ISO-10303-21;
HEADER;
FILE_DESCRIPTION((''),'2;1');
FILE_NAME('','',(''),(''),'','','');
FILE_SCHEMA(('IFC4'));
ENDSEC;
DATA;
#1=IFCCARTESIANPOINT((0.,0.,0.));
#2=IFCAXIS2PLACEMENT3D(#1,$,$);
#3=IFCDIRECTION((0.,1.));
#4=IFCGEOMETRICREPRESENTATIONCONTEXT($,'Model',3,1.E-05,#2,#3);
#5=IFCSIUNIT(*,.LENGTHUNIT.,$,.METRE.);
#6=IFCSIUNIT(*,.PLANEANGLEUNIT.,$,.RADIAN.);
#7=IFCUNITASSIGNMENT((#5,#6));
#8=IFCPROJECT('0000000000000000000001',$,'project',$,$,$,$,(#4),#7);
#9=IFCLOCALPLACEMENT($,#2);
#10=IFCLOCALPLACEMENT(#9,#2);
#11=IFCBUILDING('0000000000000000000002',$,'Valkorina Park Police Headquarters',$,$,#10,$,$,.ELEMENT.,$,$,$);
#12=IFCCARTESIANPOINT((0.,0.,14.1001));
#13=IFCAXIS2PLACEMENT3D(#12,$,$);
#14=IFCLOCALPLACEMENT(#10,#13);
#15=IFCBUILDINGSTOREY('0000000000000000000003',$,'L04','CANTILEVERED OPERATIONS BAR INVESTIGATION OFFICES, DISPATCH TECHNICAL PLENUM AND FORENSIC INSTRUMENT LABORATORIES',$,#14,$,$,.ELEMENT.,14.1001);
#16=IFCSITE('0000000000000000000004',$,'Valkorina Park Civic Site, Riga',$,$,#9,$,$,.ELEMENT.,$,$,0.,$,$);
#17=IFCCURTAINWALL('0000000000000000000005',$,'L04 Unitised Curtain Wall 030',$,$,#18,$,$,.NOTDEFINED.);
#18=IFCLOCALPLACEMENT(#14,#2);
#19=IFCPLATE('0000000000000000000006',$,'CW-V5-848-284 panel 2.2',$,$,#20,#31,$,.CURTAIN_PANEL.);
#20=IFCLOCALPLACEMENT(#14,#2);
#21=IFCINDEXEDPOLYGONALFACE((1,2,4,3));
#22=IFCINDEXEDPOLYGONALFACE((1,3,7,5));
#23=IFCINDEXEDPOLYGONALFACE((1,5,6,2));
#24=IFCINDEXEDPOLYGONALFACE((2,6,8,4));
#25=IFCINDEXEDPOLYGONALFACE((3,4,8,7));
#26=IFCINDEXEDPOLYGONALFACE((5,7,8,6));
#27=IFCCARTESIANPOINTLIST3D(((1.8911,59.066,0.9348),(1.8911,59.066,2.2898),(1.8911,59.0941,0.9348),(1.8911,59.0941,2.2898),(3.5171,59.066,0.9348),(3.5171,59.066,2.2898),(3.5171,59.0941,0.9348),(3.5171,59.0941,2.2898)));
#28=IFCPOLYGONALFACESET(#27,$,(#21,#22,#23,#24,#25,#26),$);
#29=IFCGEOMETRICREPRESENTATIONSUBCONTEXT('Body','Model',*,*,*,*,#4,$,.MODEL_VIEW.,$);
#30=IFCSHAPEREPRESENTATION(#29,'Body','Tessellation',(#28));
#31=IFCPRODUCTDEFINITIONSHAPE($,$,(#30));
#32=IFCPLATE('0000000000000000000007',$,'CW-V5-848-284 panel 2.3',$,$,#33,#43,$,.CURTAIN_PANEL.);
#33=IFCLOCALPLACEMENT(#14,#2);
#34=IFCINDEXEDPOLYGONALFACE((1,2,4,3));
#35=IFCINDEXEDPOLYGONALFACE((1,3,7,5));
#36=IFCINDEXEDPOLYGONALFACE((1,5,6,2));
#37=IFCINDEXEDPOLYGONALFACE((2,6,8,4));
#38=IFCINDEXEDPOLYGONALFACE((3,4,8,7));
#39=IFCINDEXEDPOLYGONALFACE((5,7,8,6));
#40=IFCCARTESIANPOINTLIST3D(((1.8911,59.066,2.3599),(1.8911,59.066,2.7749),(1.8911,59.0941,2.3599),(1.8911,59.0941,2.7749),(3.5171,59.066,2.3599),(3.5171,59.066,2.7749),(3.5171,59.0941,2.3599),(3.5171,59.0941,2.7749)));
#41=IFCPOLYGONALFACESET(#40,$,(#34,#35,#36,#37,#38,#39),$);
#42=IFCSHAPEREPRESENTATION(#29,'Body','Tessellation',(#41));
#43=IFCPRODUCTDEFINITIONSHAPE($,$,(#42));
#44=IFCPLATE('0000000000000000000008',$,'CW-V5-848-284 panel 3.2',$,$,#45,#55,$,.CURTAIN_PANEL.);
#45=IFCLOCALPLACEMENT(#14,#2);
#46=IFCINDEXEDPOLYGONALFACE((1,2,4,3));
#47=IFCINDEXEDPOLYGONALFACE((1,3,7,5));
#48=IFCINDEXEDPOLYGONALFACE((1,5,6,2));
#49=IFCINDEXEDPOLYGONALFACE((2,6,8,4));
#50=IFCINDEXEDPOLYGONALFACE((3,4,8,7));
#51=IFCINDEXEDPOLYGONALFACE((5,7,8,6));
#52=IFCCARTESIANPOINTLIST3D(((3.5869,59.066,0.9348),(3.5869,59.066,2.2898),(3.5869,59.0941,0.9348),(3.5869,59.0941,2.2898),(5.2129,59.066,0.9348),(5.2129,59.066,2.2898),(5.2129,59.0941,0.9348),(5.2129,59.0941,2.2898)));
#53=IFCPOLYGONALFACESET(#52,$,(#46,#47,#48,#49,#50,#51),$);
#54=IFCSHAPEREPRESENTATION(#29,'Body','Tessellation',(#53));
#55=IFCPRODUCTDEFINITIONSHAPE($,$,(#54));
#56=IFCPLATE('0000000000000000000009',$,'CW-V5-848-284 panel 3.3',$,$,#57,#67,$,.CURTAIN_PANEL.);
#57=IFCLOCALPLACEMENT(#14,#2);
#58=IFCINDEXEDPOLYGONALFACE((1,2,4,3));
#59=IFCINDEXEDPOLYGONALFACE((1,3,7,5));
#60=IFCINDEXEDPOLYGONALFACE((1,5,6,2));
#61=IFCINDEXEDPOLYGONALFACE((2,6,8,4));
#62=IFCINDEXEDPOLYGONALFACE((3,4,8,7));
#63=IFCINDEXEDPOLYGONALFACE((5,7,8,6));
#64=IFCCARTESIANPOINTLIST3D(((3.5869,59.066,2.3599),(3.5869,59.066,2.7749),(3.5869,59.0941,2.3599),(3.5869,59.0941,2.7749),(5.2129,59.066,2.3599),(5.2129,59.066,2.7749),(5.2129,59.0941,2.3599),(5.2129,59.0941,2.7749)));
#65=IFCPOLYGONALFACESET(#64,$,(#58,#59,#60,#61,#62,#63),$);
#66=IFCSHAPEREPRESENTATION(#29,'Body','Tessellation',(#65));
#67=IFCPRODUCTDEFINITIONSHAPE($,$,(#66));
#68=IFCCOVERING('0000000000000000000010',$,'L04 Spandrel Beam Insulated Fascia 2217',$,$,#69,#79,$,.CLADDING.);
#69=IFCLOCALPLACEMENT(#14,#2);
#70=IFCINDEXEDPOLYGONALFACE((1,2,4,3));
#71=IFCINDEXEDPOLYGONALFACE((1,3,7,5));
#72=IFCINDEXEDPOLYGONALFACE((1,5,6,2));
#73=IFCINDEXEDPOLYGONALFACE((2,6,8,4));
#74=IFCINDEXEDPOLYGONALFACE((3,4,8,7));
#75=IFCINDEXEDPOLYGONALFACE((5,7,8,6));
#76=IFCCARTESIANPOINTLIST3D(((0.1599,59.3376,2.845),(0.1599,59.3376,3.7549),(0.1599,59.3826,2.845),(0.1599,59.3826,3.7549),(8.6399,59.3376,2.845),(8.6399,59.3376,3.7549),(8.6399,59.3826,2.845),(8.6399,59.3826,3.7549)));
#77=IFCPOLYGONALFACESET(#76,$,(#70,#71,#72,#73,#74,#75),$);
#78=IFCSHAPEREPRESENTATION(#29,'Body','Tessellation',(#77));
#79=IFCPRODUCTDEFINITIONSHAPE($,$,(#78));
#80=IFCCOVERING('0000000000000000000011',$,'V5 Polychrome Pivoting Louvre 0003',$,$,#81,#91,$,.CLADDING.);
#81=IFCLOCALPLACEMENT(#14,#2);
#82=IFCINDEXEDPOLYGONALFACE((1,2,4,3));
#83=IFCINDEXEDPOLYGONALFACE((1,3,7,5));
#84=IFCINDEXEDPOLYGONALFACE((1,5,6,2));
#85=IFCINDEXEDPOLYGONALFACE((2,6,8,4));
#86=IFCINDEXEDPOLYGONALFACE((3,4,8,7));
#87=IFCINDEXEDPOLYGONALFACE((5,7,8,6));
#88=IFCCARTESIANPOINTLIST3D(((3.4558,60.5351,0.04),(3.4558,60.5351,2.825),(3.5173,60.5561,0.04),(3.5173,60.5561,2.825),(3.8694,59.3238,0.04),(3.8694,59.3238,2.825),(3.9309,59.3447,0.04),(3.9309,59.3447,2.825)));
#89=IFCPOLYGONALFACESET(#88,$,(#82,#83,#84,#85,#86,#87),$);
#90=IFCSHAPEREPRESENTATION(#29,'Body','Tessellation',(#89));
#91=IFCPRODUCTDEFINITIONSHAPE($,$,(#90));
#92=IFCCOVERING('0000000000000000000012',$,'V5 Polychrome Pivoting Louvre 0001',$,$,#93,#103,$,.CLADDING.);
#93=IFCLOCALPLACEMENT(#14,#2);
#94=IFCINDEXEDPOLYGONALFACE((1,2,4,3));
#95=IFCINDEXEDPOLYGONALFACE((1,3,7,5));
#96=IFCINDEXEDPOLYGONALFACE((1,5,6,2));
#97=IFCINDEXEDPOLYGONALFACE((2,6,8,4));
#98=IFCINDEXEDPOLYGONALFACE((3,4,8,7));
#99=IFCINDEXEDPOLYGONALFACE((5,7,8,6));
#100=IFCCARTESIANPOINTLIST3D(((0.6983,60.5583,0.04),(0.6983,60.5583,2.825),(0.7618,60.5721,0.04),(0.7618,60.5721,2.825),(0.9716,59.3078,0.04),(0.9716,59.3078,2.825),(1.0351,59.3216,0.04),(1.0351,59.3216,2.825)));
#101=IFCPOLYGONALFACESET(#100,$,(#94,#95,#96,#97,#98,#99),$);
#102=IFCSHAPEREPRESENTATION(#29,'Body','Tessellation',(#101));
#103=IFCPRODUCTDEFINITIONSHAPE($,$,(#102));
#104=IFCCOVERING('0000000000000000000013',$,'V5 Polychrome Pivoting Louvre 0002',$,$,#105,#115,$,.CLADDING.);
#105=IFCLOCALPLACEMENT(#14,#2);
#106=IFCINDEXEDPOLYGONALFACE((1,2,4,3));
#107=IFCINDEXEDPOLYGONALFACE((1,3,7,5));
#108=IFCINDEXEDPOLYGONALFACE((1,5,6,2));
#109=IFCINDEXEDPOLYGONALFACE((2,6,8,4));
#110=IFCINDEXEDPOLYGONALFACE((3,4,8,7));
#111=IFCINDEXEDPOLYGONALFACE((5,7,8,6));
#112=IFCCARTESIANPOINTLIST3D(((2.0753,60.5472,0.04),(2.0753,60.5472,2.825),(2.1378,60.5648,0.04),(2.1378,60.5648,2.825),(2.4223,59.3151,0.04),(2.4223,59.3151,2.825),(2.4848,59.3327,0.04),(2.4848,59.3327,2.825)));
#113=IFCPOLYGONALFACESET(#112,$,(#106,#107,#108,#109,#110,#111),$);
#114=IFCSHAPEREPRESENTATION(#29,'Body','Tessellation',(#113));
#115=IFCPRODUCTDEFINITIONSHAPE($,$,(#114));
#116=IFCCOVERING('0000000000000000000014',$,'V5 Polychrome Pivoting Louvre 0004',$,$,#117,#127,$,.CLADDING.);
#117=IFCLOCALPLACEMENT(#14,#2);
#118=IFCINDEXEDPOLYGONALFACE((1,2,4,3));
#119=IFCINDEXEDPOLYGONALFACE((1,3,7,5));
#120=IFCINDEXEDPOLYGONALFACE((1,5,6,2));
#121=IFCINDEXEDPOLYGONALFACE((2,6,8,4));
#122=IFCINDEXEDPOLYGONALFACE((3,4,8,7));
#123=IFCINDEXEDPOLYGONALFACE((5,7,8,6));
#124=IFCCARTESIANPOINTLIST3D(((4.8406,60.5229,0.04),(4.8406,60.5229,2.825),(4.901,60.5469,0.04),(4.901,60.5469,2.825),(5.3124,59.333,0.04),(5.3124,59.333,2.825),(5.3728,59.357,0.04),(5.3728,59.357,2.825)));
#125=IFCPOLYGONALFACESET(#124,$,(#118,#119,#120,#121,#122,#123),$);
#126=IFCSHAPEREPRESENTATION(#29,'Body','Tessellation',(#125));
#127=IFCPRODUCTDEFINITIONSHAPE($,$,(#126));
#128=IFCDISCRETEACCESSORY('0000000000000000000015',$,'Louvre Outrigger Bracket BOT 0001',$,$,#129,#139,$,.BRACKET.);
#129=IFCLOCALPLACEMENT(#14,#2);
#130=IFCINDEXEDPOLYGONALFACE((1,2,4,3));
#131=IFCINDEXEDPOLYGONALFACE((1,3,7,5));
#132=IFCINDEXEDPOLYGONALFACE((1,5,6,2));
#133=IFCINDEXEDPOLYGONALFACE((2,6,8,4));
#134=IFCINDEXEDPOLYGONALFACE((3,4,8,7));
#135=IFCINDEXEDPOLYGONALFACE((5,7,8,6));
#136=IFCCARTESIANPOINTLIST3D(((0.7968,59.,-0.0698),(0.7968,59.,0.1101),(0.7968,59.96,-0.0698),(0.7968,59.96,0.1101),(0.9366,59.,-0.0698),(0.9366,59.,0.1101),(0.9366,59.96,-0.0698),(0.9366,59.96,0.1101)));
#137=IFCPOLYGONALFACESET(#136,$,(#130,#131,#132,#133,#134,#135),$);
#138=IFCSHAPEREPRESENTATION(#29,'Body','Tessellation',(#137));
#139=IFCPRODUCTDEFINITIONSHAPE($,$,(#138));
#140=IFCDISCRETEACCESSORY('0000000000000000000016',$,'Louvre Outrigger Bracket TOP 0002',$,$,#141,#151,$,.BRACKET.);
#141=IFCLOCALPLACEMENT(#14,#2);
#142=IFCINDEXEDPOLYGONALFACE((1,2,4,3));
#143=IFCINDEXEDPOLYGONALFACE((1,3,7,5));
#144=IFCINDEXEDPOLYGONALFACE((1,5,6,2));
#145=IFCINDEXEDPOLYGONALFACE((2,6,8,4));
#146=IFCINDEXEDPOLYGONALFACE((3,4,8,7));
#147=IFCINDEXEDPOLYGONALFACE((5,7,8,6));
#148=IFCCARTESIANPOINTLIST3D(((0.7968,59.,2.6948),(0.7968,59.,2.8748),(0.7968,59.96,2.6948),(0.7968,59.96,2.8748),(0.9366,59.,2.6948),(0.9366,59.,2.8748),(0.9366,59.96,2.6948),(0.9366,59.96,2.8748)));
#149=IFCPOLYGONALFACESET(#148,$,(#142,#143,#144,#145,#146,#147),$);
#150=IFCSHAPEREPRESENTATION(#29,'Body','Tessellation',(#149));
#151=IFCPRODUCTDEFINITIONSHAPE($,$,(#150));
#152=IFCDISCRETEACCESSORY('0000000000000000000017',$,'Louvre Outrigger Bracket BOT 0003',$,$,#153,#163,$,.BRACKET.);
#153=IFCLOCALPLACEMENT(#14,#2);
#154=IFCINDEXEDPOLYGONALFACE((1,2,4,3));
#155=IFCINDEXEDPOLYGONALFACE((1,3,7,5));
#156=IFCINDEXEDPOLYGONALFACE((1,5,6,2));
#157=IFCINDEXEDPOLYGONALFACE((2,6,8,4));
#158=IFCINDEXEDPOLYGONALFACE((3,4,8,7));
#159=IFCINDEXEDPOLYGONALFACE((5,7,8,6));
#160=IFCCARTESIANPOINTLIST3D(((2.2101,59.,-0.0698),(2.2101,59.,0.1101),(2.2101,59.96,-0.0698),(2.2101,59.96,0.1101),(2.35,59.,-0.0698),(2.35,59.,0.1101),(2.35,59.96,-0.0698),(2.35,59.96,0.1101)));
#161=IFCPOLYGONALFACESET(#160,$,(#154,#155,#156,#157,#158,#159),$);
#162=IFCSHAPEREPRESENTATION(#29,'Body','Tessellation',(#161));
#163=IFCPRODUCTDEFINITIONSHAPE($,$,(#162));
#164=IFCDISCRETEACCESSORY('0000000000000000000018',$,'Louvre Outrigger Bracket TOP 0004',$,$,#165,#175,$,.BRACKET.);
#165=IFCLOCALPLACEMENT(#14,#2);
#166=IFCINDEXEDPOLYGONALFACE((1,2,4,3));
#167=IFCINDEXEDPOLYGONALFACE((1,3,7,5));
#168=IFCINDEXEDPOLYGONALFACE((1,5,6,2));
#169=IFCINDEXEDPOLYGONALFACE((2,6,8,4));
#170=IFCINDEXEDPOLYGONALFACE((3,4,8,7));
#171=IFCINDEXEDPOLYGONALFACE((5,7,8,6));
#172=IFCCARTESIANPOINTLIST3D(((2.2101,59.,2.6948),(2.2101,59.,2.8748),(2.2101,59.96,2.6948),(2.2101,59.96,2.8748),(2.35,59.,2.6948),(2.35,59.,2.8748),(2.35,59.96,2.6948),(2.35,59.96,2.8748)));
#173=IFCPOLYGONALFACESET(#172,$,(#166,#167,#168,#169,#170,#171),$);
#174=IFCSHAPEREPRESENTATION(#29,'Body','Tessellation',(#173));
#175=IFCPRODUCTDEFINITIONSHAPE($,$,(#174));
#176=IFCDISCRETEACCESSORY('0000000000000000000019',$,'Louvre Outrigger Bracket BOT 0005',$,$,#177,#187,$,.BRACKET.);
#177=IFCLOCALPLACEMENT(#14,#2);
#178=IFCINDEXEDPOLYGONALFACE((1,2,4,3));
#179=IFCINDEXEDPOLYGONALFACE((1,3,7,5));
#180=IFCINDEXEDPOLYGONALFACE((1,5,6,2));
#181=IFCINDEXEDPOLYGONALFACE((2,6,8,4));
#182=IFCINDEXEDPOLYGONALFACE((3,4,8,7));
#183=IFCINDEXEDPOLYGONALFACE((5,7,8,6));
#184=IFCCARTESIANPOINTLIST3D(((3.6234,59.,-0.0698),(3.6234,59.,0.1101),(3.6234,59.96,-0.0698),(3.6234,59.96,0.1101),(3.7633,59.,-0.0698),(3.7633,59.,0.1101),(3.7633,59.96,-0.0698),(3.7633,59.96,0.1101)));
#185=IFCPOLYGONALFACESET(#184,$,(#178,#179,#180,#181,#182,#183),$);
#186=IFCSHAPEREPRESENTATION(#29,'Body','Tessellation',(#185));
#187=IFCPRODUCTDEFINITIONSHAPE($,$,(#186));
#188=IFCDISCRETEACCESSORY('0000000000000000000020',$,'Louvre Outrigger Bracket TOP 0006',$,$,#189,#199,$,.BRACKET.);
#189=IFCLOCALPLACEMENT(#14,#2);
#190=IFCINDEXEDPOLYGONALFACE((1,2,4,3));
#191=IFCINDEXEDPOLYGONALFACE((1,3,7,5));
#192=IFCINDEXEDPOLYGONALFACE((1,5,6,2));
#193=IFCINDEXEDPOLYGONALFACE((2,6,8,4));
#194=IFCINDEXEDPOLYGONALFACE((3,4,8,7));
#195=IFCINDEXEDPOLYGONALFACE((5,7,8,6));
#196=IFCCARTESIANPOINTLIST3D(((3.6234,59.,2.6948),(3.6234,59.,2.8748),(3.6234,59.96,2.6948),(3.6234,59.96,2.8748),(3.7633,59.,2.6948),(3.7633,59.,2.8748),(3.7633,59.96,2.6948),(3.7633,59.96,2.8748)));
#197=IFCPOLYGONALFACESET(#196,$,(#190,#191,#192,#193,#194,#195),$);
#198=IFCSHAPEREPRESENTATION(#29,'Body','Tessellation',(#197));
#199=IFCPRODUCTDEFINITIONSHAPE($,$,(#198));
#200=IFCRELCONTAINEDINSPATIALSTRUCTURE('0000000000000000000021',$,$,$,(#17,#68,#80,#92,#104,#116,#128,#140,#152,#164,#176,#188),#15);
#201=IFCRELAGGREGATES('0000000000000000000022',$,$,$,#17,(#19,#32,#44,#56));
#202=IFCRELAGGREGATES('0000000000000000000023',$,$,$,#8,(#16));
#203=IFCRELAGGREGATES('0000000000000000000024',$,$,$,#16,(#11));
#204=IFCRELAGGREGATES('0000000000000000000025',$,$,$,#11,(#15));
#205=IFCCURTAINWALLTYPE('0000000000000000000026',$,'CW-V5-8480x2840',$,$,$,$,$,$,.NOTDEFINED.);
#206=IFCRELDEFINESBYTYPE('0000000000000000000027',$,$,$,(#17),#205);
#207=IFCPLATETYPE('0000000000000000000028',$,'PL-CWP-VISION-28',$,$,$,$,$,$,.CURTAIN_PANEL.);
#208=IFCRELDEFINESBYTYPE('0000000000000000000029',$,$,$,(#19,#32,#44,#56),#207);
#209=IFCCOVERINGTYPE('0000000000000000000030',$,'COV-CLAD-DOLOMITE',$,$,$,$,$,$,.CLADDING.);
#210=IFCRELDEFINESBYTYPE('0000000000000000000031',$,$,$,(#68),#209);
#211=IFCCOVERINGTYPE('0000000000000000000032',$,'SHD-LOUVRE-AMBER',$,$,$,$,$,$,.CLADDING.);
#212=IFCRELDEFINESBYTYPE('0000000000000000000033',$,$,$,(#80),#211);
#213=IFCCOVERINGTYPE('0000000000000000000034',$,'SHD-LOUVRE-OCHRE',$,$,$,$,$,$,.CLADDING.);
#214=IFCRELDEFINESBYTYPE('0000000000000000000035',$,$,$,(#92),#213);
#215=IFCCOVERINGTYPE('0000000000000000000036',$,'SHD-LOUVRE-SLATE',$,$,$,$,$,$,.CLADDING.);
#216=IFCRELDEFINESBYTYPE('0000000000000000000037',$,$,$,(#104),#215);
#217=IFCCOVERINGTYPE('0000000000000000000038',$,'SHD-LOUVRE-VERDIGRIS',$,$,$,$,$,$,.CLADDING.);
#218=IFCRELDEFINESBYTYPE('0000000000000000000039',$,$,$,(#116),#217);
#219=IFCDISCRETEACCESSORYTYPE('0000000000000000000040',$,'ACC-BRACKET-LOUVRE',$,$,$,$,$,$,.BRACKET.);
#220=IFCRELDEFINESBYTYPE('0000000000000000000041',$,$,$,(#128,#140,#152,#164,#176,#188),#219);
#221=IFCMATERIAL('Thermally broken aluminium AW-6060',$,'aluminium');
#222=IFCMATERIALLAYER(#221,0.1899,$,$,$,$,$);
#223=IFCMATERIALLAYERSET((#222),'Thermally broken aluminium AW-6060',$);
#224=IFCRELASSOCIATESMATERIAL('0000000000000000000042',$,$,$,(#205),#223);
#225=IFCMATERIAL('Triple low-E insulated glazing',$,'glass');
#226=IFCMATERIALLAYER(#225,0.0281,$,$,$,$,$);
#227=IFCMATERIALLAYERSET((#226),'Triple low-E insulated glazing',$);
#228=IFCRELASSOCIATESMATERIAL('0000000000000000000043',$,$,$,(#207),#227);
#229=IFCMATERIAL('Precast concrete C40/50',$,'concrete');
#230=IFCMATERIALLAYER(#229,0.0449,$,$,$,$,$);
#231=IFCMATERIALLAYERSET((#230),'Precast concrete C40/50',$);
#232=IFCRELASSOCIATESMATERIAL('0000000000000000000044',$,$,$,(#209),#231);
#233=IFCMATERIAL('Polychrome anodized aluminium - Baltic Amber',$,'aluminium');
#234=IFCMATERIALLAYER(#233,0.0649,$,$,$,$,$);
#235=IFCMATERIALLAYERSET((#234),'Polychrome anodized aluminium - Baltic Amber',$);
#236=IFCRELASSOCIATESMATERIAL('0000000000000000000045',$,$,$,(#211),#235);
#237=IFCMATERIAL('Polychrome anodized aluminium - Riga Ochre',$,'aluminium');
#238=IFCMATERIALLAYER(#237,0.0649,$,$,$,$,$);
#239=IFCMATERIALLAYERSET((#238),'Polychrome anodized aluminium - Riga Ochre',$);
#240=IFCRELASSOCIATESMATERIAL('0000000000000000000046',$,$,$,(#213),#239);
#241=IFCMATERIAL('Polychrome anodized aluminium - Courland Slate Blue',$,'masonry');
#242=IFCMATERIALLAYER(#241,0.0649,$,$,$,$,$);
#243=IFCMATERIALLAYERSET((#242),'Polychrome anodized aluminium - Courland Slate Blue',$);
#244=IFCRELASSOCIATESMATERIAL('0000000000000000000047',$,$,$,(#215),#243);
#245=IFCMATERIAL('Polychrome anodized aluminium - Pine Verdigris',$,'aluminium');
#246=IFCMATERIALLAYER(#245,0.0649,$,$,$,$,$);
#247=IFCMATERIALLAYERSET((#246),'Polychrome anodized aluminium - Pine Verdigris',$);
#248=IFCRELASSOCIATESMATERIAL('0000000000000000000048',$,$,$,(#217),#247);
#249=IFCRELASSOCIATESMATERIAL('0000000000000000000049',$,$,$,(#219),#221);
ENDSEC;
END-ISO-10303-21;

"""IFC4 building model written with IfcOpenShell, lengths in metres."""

from ifc_helpers import new_model, si_unit, direction, frame, frame_2d, origin, origin_2d, place, context, subcontext, project, spatial, rectangle, extrude, material, layer, layer_set, type_object, element, aggregate, save


model = new_model("IFC4")

# Units and contexts
model_context = context("Model", 3, precision=1e-05, world=origin(), true_north=direction((0.0, 1.0)))
body_context = subcontext(model_context, "Body", "Model", "MODEL_VIEW")
ifc_project = project(units=[si_unit("LENGTHUNIT", "METRE"), si_unit("PLANEANGLEUNIT", "RADIAN")], contexts=[model_context])

# Site, building, storey
site_placement = place(None, origin())
site = spatial("IfcSite", under=ifc_project, at=site_placement, Name="Valkorina Park Civic Site, Riga", CompositionType="ELEMENT", RefElevation=0.0)
building_placement = place(site_placement, origin())
building = spatial("IfcBuilding", under=site, at=building_placement, Name="Valkorina Park Police Headquarters", CompositionType="ELEMENT")
storey_placement = place(building_placement, frame((0.0, 0.0, 14.1001)))
storey = spatial("IfcBuildingStorey", under=building, at=storey_placement, Name="L04", Description="CANTILEVERED OPERATIONS BAR INVESTIGATION OFFICES, DISPATCH TECHNICAL PLENUM AND FORENSIC INSTRUMENT LABORATORIES", CompositionType="ELEMENT", Elevation=14.1001)

# Curtain wall, plates
ifc_material_1 = material(Name="Thermally broken aluminium AW-6060", Category="aluminium")
ifc_layer_1 = layer(ifc_material_1, 0.1899)
ifc_layer_set_1 = layer_set([ifc_layer_1], Name="Thermally broken aluminium AW-6060")
curtain_wall_type = type_object("IfcCurtainWallType", Name="CW-V5-8480x2840", PredefinedType="NOTDEFINED", material=ifc_layer_set_1)
curtain_wall_placement = place(storey_placement, origin())
curtain_wall = element("IfcCurtainWall", 1, at=curtain_wall_placement, inside=storey, type_object=curtain_wall_type, Name="L04 Unitised Curtain Wall 030", PredefinedType="NOTDEFINED")
ifc_material_2 = material(Name="Triple low-E insulated glazing", Category="glass")
ifc_layer_2 = layer(ifc_material_2, 0.0281)
ifc_layer_set_2 = layer_set([ifc_layer_2], Name="Triple low-E insulated glazing")
plate_type_1 = type_object("IfcPlateType", Name="PL-CWP-VISION-28", PredefinedType="CURTAIN_PANEL", material=ifc_layer_set_2)
plate_1_placement = place(storey_placement, frame((2.7041, 59.0801, 0.9348), z_axis=(0.0, 0.0, 1.0), x_axis=(1.0, 0.0, 0.0)))
plate_1 = element("IfcPlate", 2, at=plate_1_placement, type_object=plate_type_1, Name="CW-V5-848-284 panel 2.2", PredefinedType="CURTAIN_PANEL", context=body_context, shape_type="SweptSolid", body=[
    extrude(rectangle(XDim=1.626, YDim=0.0281, at=origin_2d()), origin(), (0.0, 0.0, 1.0), 1.355),
])
plate_2_placement = place(storey_placement, frame((2.7041, 59.0801, 2.3599), z_axis=(0.0, 0.0, 1.0), x_axis=(1.0, 0.0, 0.0)))
plate_2 = element("IfcPlate", 3, at=plate_2_placement, type_object=plate_type_1, Name="CW-V5-848-284 panel 2.3", PredefinedType="CURTAIN_PANEL", context=body_context, shape_type="SweptSolid", body=[
    extrude(rectangle(XDim=1.626, YDim=0.0281, at=origin_2d()), origin(), (0.0, 0.0, 1.0), 0.415),
])
plate_3_placement = place(storey_placement, frame((4.3999, 59.0801, 0.9348), z_axis=(0.0, 0.0, 1.0), x_axis=(1.0, 0.0, 0.0)))
plate_3 = element("IfcPlate", 4, at=plate_3_placement, type_object=plate_type_1, Name="CW-V5-848-284 panel 3.2", PredefinedType="CURTAIN_PANEL", context=body_context, shape_type="SweptSolid", body=[
    extrude(rectangle(XDim=1.626, YDim=0.0281, at=origin_2d()), origin(), (0.0, 0.0, 1.0), 1.355),
])
plate_4_placement = place(storey_placement, frame((4.3999, 59.0801, 2.3599), z_axis=(0.0, 0.0, 1.0), x_axis=(1.0, 0.0, 0.0)))
plate_4 = element("IfcPlate", 5, at=plate_4_placement, type_object=plate_type_1, Name="CW-V5-848-284 panel 3.3", PredefinedType="CURTAIN_PANEL", context=body_context, shape_type="SweptSolid", body=[
    extrude(rectangle(XDim=1.626, YDim=0.0281, at=origin_2d()), origin(), (0.0, 0.0, 1.0), 0.415),
])
aggregate(curtain_wall, [plate_1, plate_2, plate_3, plate_4])

# Coverings
ifc_material_3 = material(Name="Precast concrete C40/50", Category="concrete")
ifc_layer_3 = layer(ifc_material_3, 0.0449)
ifc_layer_set_3 = layer_set([ifc_layer_3], Name="Precast concrete C40/50")
covering_type_1 = type_object("IfcCoveringType", Name="COV-CLAD-DOLOMITE", PredefinedType="CLADDING", material=ifc_layer_set_3)
covering_1_placement = place(storey_placement, frame((0.1599, 59.3601, 2.845), z_axis=(0.0, 0.0, 1.0), x_axis=(1.0, 0.0, 0.0)))
element("IfcCovering", 6, at=covering_1_placement, inside=storey, type_object=covering_type_1, Name="L04 Spandrel Beam Insulated Fascia 2217", PredefinedType="CLADDING", context=body_context, shape_type="SweptSolid", body=[
    extrude(rectangle(XDim=8.48, YDim=0.0449, at=frame_2d((4.24, 0.0))), origin(), (0.0, 0.0, 1.0), 0.9099),
])
ifc_material_4 = material(Name="Polychrome anodized aluminium - Baltic Amber", Category="aluminium")
ifc_layer_4 = layer(ifc_material_4, 0.0649)
ifc_layer_set_4 = layer_set([ifc_layer_4], Name="Polychrome anodized aluminium - Baltic Amber")
covering_type_2 = type_object("IfcCoveringType", Name="SHD-LOUVRE-AMBER", PredefinedType="CLADDING", material=ifc_layer_set_4)
covering_2_placement = place(storey_placement, frame((3.6934, 59.9399, 0.04), z_axis=(0.0, 0.0, 1.0), x_axis=(-0.323092, 0.946368, 0.0)))
element("IfcCovering", 7, at=covering_2_placement, inside=storey, type_object=covering_type_2, Name="V5 Polychrome Pivoting Louvre 0003", PredefinedType="CLADDING", context=body_context, shape_type="SweptSolid", body=[
    extrude(rectangle(XDim=1.28, YDim=0.0649, at=origin_2d()), origin(), (0.0, 0.0, 1.0), 2.7849),
])
ifc_material_5 = material(Name="Polychrome anodized aluminium - Riga Ochre", Category="aluminium")
ifc_layer_5 = layer(ifc_material_5, 0.0649)
ifc_layer_set_5 = layer_set([ifc_layer_5], Name="Polychrome anodized aluminium - Riga Ochre")
covering_type_3 = type_object("IfcCoveringType", Name="SHD-LOUVRE-OCHRE", PredefinedType="CLADDING", material=ifc_layer_set_5)
covering_3_placement = place(storey_placement, frame((0.8667, 59.9399, 0.04), z_axis=(0.0, 0.0, 1.0), x_axis=(-0.213542, 0.976934, 0.0)))
element("IfcCovering", 8, at=covering_3_placement, inside=storey, type_object=covering_type_3, Name="V5 Polychrome Pivoting Louvre 0001", PredefinedType="CLADDING", context=body_context, shape_type="SweptSolid", body=[
    extrude(rectangle(XDim=1.28, YDim=0.0649, at=origin_2d()), origin(), (0.0, 0.0, 1.0), 2.7849),
])
ifc_material_6 = material(Name="Polychrome anodized aluminium - Courland Slate Blue", Category="masonry")
ifc_layer_6 = layer(ifc_material_6, 0.0649)
ifc_layer_set_6 = layer_set([ifc_layer_6], Name="Polychrome anodized aluminium - Courland Slate Blue")
covering_type_4 = type_object("IfcCoveringType", Name="SHD-LOUVRE-SLATE", PredefinedType="CLADDING", material=ifc_layer_set_6)
covering_4_placement = place(storey_placement, frame((2.28, 59.9399, 0.04), z_axis=(0.0, 0.0, 1.0), x_axis=(-0.271104, 0.96255, 0.0)))
element("IfcCovering", 9, at=covering_4_placement, inside=storey, type_object=covering_type_4, Name="V5 Polychrome Pivoting Louvre 0002", PredefinedType="CLADDING", context=body_context, shape_type="SweptSolid", body=[
    extrude(rectangle(XDim=1.28, YDim=0.0649, at=origin_2d()), origin(), (0.0, 0.0, 1.0), 2.7849),
])
ifc_material_7 = material(Name="Polychrome anodized aluminium - Pine Verdigris", Category="aluminium")
ifc_layer_7 = layer(ifc_material_7, 0.0649)
ifc_layer_set_7 = layer_set([ifc_layer_7], Name="Polychrome anodized aluminium - Pine Verdigris")
covering_type_5 = type_object("IfcCoveringType", Name="SHD-LOUVRE-VERDIGRIS", PredefinedType="CLADDING", material=ifc_layer_set_7)
covering_5_placement = place(storey_placement, frame((5.1067, 59.9399, 0.04), z_axis=(0.0, 0.0, 1.0), x_axis=(-0.368611, 0.929584, 0.0)))
element("IfcCovering", 10, at=covering_5_placement, inside=storey, type_object=covering_type_5, Name="V5 Polychrome Pivoting Louvre 0004", PredefinedType="CLADDING", context=body_context, shape_type="SweptSolid", body=[
    extrude(rectangle(XDim=1.28, YDim=0.0649, at=origin_2d()), origin(), (0.0, 0.0, 1.0), 2.7849),
])

# Discrete accessories
discrete_accessory_type = type_object("IfcDiscreteAccessoryType", Name="ACC-BRACKET-LOUVRE", PredefinedType="BRACKET", material=ifc_material_1)
for number, where, z_axis, x_axis, name in (
    (11, (0.8667, 59.48, -0.0698), (0.0, 0.0, 1.0), (0.0, 1.0, 0.0), "Louvre Outrigger Bracket BOT 0001"),
    (12, (0.8667, 59.48, 2.6948), (0.0, 0.0, 1.0), (0.0, 1.0, 0.0), "Louvre Outrigger Bracket TOP 0002"),
    (13, (2.28, 59.48, -0.0698), (0.0, 0.0, 1.0), (0.0, 1.0, 0.0), "Louvre Outrigger Bracket BOT 0003"),
    (14, (2.28, 59.48, 2.6948), (0.0, 0.0, 1.0), (0.0, 1.0, 0.0), "Louvre Outrigger Bracket TOP 0004"),
    (15, (3.6934, 59.48, -0.0698), (0.0, 0.0, 1.0), (0.0, 1.0, 0.0), "Louvre Outrigger Bracket BOT 0005"),
    (16, (3.6934, 59.48, 2.6948), (0.0, 0.0, 1.0), (0.0, 1.0, 0.0), "Louvre Outrigger Bracket TOP 0006"),
):
    element("IfcDiscreteAccessory", number, at=place(storey_placement, frame(where, z_axis=z_axis, x_axis=x_axis)), inside=storey, type_object=discrete_accessory_type, Name=name, PredefinedType="BRACKET", context=body_context, shape_type="SweptSolid", body=[
        extrude(rectangle(XDim=0.96, YDim=0.1399, at=origin_2d()), origin(), (0.0, 0.0, 1.0), 0.1799),
    ])

save(model, "model.ifc")
